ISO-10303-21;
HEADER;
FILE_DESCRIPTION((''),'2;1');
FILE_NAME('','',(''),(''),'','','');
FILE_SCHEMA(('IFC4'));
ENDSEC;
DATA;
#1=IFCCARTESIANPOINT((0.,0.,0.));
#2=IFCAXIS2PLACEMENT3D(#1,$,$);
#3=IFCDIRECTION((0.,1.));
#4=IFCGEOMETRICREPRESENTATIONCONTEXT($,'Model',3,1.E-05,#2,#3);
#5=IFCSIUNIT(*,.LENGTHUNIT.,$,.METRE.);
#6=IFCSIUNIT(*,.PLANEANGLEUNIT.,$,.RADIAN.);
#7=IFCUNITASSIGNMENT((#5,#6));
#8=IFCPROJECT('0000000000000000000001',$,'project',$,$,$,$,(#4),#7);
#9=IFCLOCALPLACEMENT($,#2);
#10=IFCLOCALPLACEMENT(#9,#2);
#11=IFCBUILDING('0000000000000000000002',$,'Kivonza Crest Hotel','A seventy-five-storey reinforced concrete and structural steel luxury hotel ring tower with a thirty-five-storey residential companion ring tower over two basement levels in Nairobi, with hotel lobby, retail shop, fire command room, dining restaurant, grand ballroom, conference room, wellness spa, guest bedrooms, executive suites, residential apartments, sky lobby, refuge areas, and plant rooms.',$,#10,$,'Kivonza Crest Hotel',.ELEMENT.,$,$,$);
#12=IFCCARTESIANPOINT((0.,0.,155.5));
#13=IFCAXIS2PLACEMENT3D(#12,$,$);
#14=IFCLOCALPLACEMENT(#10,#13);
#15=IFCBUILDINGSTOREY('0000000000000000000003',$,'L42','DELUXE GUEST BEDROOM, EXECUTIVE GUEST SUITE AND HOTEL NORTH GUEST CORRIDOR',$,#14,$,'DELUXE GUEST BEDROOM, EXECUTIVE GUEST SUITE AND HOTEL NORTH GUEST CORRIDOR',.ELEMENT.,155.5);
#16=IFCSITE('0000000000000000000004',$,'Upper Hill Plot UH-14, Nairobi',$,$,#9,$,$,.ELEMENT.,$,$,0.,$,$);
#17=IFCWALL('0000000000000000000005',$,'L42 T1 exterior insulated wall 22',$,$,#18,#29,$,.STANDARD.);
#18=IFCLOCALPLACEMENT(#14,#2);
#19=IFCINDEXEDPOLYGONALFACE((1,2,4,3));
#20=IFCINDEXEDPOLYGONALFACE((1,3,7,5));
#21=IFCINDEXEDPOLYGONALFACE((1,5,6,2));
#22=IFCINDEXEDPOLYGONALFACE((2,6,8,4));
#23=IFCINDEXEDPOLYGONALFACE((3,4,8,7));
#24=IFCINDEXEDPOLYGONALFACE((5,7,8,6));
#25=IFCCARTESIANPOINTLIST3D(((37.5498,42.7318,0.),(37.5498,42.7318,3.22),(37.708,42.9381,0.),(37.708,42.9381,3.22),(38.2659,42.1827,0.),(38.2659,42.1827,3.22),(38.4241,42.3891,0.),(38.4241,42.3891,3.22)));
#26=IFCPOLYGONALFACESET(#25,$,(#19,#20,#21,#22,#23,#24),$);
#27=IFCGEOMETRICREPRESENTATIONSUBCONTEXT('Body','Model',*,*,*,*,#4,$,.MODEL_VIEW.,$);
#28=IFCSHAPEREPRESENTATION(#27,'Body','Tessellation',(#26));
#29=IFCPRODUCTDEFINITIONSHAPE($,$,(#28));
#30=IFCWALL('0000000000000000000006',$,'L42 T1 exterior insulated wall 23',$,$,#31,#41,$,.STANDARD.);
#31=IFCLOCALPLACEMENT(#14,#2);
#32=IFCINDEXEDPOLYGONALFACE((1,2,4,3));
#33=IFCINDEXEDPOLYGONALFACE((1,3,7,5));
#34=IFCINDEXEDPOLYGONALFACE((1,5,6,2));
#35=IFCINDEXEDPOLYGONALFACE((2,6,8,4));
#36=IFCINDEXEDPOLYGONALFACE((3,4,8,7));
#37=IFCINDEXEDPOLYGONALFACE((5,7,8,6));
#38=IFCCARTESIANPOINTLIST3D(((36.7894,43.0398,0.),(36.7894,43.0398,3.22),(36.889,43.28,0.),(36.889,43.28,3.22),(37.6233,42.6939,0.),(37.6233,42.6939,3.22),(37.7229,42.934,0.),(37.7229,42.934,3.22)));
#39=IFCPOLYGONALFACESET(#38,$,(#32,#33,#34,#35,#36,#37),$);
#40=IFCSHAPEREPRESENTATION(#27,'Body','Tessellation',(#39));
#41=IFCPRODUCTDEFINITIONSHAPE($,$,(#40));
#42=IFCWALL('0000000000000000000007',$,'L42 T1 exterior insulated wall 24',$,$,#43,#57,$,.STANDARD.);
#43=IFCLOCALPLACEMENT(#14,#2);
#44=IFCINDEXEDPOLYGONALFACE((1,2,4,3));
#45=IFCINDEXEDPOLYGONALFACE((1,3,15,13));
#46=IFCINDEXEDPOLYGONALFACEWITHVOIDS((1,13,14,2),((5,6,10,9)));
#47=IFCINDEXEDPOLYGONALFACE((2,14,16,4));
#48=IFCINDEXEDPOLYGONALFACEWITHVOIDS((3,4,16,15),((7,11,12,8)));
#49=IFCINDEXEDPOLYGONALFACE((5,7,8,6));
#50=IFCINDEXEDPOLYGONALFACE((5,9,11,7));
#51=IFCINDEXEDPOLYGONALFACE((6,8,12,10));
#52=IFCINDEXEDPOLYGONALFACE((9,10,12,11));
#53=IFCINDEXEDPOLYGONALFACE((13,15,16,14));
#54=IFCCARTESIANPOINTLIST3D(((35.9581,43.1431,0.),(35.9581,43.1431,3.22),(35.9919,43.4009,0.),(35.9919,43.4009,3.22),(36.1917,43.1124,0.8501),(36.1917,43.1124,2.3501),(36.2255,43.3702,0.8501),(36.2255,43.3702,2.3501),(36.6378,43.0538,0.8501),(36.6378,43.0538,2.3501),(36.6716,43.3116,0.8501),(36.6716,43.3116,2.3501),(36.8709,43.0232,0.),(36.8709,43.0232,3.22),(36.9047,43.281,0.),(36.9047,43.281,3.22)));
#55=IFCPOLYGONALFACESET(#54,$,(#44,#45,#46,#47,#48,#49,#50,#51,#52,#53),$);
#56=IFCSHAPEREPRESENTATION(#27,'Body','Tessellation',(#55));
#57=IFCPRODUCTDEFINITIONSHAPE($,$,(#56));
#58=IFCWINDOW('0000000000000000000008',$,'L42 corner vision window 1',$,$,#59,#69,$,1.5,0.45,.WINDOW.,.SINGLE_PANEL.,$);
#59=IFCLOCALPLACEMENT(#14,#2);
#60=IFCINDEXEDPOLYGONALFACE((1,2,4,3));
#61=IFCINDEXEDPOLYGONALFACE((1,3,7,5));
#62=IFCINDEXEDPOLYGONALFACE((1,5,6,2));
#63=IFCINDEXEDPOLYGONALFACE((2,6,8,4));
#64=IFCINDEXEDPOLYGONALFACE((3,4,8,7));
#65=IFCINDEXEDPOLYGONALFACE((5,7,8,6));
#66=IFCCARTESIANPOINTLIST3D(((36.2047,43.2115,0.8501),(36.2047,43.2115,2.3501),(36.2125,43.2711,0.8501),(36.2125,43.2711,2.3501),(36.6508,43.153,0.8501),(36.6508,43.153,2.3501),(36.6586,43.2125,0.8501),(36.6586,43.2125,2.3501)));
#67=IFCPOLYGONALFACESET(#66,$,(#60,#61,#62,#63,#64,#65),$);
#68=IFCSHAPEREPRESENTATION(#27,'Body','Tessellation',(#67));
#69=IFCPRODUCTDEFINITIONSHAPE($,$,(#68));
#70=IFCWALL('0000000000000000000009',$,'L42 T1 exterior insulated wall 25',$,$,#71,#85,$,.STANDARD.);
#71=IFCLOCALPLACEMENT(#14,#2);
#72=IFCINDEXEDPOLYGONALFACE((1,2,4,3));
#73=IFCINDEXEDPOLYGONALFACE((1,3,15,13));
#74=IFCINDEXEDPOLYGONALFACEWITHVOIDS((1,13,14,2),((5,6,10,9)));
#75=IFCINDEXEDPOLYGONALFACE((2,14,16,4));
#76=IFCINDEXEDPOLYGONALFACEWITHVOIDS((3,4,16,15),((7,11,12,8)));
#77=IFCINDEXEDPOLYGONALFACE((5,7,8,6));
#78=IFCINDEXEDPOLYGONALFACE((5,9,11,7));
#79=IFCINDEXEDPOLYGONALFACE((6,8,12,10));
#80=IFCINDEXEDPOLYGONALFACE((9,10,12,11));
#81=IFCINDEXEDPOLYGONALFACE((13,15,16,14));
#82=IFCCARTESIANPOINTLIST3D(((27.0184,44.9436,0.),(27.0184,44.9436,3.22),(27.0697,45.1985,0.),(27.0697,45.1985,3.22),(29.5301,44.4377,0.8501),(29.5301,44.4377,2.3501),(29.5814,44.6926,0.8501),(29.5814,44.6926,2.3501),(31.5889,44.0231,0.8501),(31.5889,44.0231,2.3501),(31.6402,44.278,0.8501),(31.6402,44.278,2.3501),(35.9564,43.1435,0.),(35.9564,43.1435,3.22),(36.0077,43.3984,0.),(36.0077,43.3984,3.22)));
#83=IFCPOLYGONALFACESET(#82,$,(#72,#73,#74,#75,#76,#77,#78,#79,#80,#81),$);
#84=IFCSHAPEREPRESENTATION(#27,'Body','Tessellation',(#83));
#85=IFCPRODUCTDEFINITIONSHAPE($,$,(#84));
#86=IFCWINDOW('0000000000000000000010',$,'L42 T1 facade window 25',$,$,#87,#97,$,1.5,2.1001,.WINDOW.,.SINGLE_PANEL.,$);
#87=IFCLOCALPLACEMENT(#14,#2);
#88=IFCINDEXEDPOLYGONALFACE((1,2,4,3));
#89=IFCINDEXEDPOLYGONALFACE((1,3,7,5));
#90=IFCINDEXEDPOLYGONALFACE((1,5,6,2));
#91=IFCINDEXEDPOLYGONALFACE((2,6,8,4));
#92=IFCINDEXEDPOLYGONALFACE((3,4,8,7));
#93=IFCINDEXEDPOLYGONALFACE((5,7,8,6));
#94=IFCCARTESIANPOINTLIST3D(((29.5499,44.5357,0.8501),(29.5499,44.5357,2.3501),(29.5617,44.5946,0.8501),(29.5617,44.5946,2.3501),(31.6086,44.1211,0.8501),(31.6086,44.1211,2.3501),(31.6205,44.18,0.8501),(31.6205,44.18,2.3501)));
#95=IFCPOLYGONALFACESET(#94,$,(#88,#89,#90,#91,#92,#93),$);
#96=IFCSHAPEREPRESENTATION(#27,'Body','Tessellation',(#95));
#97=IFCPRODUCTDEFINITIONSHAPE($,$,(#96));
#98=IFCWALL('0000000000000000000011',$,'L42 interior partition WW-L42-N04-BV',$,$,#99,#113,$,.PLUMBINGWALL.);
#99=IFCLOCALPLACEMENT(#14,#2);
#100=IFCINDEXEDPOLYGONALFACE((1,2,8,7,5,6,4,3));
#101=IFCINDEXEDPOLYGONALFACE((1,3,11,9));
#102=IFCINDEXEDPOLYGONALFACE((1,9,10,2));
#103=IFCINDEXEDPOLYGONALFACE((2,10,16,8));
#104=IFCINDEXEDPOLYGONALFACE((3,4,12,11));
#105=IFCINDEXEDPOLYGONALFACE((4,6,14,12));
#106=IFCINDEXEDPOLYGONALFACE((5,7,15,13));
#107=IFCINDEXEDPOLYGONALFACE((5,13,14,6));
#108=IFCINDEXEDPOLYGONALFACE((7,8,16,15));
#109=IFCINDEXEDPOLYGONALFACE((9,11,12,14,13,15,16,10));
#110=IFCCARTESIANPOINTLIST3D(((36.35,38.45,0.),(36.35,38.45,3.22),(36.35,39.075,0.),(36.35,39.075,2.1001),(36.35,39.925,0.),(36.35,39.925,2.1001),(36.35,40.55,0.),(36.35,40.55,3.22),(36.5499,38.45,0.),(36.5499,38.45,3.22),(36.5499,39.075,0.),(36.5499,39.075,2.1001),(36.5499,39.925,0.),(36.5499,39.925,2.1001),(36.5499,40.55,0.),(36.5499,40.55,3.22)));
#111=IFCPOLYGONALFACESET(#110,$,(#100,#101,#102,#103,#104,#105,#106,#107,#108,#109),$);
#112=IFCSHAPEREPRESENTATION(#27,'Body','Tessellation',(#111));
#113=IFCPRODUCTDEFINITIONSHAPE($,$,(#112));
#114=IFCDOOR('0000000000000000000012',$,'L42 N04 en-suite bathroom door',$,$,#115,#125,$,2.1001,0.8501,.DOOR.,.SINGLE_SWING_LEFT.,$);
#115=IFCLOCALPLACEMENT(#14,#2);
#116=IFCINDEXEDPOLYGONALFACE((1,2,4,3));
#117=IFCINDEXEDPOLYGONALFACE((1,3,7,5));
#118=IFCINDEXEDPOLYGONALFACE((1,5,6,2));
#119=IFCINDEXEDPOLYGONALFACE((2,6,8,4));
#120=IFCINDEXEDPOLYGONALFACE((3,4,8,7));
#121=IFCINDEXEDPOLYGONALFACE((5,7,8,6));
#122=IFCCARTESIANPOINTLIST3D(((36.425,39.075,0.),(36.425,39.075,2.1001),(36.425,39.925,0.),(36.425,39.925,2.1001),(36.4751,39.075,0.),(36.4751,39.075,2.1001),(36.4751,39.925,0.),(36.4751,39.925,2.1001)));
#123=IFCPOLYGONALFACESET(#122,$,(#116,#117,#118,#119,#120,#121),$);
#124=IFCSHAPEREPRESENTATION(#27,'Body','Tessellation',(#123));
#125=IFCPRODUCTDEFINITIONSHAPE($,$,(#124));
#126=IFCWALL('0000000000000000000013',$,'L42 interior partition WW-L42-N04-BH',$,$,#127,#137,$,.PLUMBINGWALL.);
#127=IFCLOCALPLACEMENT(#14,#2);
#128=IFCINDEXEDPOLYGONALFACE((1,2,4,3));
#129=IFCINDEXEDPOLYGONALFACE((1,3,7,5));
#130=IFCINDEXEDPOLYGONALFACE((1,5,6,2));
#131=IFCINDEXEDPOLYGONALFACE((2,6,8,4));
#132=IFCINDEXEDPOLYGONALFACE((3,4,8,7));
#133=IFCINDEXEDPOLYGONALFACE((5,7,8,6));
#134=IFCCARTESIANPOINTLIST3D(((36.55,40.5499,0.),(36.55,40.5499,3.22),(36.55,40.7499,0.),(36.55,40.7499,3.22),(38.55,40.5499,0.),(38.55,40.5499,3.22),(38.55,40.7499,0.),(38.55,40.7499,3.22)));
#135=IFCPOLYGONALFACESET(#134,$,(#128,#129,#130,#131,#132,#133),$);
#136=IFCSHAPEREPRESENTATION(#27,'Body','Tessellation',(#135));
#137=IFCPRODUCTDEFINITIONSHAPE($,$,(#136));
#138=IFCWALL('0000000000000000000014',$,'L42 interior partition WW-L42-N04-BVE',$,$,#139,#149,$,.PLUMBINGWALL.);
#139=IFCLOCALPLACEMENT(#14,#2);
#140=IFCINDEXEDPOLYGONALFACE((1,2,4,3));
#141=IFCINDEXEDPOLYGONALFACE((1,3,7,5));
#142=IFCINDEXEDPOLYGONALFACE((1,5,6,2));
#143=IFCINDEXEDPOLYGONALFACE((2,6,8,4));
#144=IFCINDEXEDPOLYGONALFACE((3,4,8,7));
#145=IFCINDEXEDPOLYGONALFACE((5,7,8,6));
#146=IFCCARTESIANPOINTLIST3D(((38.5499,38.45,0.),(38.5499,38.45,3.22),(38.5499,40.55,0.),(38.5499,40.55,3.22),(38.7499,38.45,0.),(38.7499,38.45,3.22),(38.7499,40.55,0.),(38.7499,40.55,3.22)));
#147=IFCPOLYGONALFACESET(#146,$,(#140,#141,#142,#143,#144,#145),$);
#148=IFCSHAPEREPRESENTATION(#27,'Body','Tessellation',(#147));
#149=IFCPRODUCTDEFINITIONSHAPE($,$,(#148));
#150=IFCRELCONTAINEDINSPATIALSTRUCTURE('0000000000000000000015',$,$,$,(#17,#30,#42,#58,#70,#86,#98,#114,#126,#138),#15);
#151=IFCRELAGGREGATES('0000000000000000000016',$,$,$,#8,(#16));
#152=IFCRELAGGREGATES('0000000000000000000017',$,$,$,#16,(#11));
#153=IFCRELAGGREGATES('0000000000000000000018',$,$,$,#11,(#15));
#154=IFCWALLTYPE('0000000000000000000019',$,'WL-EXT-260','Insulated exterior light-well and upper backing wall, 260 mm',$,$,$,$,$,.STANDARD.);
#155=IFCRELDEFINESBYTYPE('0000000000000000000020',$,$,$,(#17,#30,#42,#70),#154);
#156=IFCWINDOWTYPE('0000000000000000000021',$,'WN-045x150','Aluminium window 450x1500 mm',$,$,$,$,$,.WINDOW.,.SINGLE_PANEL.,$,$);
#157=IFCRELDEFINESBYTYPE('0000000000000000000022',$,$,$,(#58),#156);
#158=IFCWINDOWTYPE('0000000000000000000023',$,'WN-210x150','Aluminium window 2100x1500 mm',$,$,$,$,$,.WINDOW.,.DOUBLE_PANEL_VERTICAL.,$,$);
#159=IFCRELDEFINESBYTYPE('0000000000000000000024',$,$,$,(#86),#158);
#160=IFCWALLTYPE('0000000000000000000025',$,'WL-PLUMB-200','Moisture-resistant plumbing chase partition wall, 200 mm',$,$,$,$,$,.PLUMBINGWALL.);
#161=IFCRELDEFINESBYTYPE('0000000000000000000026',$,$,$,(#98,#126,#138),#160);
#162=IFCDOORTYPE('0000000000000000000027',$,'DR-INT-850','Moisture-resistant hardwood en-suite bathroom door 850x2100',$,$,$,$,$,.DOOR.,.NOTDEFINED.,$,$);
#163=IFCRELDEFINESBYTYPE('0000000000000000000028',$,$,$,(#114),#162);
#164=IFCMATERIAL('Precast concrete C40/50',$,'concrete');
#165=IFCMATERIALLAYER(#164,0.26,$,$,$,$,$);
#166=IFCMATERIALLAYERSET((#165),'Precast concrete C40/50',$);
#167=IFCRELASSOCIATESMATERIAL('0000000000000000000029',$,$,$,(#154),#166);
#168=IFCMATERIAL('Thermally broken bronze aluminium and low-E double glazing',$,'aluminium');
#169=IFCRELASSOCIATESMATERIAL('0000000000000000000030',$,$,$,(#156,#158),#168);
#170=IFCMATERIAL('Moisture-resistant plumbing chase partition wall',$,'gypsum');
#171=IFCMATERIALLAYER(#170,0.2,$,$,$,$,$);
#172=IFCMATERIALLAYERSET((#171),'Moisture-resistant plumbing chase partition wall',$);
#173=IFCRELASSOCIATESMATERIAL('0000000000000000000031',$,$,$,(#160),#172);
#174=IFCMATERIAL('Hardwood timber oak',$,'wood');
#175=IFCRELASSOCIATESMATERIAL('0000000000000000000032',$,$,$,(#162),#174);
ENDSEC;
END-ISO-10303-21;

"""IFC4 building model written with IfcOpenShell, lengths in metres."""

from ifc_helpers import new_model, si_unit, direction, frame, frame_2d, origin, place, context, subcontext, project, spatial, rectangle, extrude, material, layer, layer_set, type_object, element, fill, save


model = new_model("IFC4")

# Units and contexts
model_context = context("Model", 3, precision=1e-05, world=origin(), true_north=direction((0.0, 1.0)))
body_context = subcontext(model_context, "Body", "Model", "MODEL_VIEW")
ifc_project = project(units=[si_unit("LENGTHUNIT", "METRE"), si_unit("PLANEANGLEUNIT", "RADIAN")], contexts=[model_context])

# Site, building, storey
site_placement = place(None, origin())
site = spatial("IfcSite", under=ifc_project, at=site_placement, Name="Upper Hill Plot UH-14, Nairobi", CompositionType="ELEMENT", RefElevation=0.0)
building_placement = place(site_placement, origin())
building = spatial("IfcBuilding", under=site, at=building_placement, Name="Kivonza Crest Hotel", Description="A seventy-five-storey reinforced concrete and structural steel luxury hotel ring tower with a thirty-five-storey residential companion ring tower over two basement levels in Nairobi, with hotel lobby, retail shop, fire command room, dining restaurant, grand ballroom, conference room, wellness spa, guest bedrooms, executive suites, residential apartments, sky lobby, refuge areas, and plant rooms.", LongName="Kivonza Crest Hotel", CompositionType="ELEMENT")
storey_placement = place(building_placement, frame((0.0, 0.0, 155.5)))
storey = spatial("IfcBuildingStorey", under=building, at=storey_placement, Name="L42", Description="DELUXE GUEST BEDROOM, EXECUTIVE GUEST SUITE AND HOTEL NORTH GUEST CORRIDOR", LongName="DELUXE GUEST BEDROOM, EXECUTIVE GUEST SUITE AND HOTEL NORTH GUEST CORRIDOR", CompositionType="ELEMENT", Elevation=155.5)

# Walls
ifc_material_1 = material(Name="Precast concrete C40/50", Category="concrete")
ifc_layer_1 = layer(ifc_material_1, 0.26)
ifc_layer_set_1 = layer_set([ifc_layer_1], Name="Precast concrete C40/50")
wall_type_1 = type_object("IfcWallType", Name="WL-EXT-260", Description="Insulated exterior light-well and upper backing wall, 260 mm", PredefinedType="STANDARD", material=ifc_layer_set_1)
wall_1_placement = place(storey_placement, frame((38.345, 42.2859, 0.0), z_axis=(0.0, 0.0, 1.0), x_axis=(-0.793558, 0.608494, 0.0)))
element("IfcWall", 1, at=wall_1_placement, inside=storey, type_object=wall_type_1, Name="L42 T1 exterior insulated wall 22", PredefinedType="STANDARD", context=body_context, shape_type="SweptSolid", body=[
    extrude(rectangle(XDim=0.9023, YDim=0.26, at=frame_2d((0.4512, 0.0))), origin(), (0.0, 0.0, 1.0), 3.22),
])
wall_2_placement = place(storey_placement, frame((37.6731, 42.814, 0.0), z_axis=(0.0, 0.0, 1.0), x_axis=(-0.923684, 0.383156, 0.0)))
element("IfcWall", 2, at=wall_2_placement, inside=storey, type_object=wall_type_1, Name="L42 T1 exterior insulated wall 23", PredefinedType="STANDARD", context=body_context, shape_type="SweptSolid", body=[
    extrude(rectangle(XDim=0.9028, YDim=0.26, at=frame_2d((0.4514, 0.0))), origin(), (0.0, 0.0, 1.0), 3.22),
])

# Walls, openings, windows
wall_3_placement = place(storey_placement, frame((36.8879, 43.1521, 0.0), z_axis=(0.0, 0.0, 1.0), x_axis=(-0.991488, 0.130201, 0.0)))
wall_3 = element("IfcWall", 3, at=wall_3_placement, inside=storey, type_object=wall_type_1, Name="L42 T1 exterior insulated wall 24", PredefinedType="STANDARD", context=body_context, shape_type="SweptSolid", body=[
    extrude(rectangle(XDim=0.9207, YDim=0.26, at=frame_2d((0.4604, 0.0))), origin(), (0.0, 0.0, 1.0), 3.22),
])
opening_1_placement = place(wall_3_placement, frame((0.2351, 0.0, 0.8501)))
opening_1 = element("IfcOpeningElement", 4, at=opening_1_placement, cuts=wall_3, PredefinedType="OPENING", context=body_context, shape_type="SweptSolid", body=[
    extrude(rectangle(XDim=0.45, YDim=1.5, at=frame_2d((0.2251, 0.75))), frame((0.0, 0.1401, 0.0), z_axis=(0.0, -1.0, 0.0), x_axis=(1.0, 0.0, 0.0)), (0.0, 0.0, 1.0), 0.28),
])
ifc_material_2 = material(Name="Thermally broken bronze aluminium and low-E double glazing", Category="aluminium")
window_type_1 = type_object("IfcWindowType", Name="WN-045x150", Description="Aluminium window 450x1500 mm", PartitioningType="SINGLE_PANEL", PredefinedType="WINDOW", material=ifc_material_2)
window_1_placement = place(opening_1_placement, origin())
window_1 = element("IfcWindow", 5, at=window_1_placement, inside=storey, type_object=window_type_1, Name="L42 corner vision window 1", OverallHeight=1.5, OverallWidth=0.45, PartitioningType="SINGLE_PANEL", PredefinedType="WINDOW", context=body_context, shape_type="SweptSolid", body=[
    extrude(rectangle(XDim=0.45, YDim=1.5, at=frame_2d((0.2251, 0.75))), frame((0.0, 0.03, 0.0), z_axis=(0.0, -1.0, 0.0), x_axis=(1.0, 0.0, 0.0)), (0.0, 0.0, 1.0), 0.0601),
])
fill(opening_1, window_1)
wall_4_placement = place(storey_placement, frame((35.9819, 43.271, 0.0), z_axis=(0.0, 0.0, 1.0), x_axis=(-0.980317, 0.197429, 0.0)))
wall_4 = element("IfcWall", 6, at=wall_4_placement, inside=storey, type_object=wall_type_1, Name="L42 T1 exterior insulated wall 25", PredefinedType="STANDARD", context=body_context, shape_type="SweptSolid", body=[
    extrude(rectangle(XDim=9.1174, YDim=0.26, at=frame_2d((4.5586, 0.0))), origin(), (0.0, 0.0, 1.0), 3.22),
])
opening_2_placement = place(wall_4_placement, frame((4.4551, 0.0, 0.8501)))
opening_2 = element("IfcOpeningElement", 7, at=opening_2_placement, cuts=wall_4, PredefinedType="OPENING", context=body_context, shape_type="SweptSolid", body=[
    extrude(rectangle(XDim=2.1001, YDim=1.5, at=frame_2d((1.05, 0.75))), frame((0.0, 0.1401, 0.0), z_axis=(0.0, -1.0, 0.0), x_axis=(1.0, 0.0, 0.0)), (0.0, 0.0, 1.0), 0.28),
])
window_type_2 = type_object("IfcWindowType", Name="WN-210x150", Description="Aluminium window 2100x1500 mm", PartitioningType="DOUBLE_PANEL_VERTICAL", PredefinedType="WINDOW", material=ifc_material_2)
window_2_placement = place(opening_2_placement, origin())
window_2 = element("IfcWindow", 8, at=window_2_placement, inside=storey, type_object=window_type_2, Name="L42 T1 facade window 25", OverallHeight=1.5, OverallWidth=2.1001, PartitioningType="SINGLE_PANEL", PredefinedType="WINDOW", context=body_context, shape_type="SweptSolid", body=[
    extrude(rectangle(XDim=2.1001, YDim=1.5, at=frame_2d((1.05, 0.75))), frame((0.0, 0.03, 0.0), z_axis=(0.0, -1.0, 0.0), x_axis=(1.0, 0.0, 0.0)), (0.0, 0.0, 1.0), 0.0601),
])
fill(opening_2, window_2)

# Wall, opening, door
ifc_material_3 = material(Name="Moisture-resistant plumbing chase partition wall", Category="gypsum")
ifc_layer_2 = layer(ifc_material_3, 0.2)
ifc_layer_set_2 = layer_set([ifc_layer_2], Name="Moisture-resistant plumbing chase partition wall")
wall_type_2 = type_object("IfcWallType", Name="WL-PLUMB-200", Description="Moisture-resistant plumbing chase partition wall, 200 mm", PredefinedType="PLUMBINGWALL", material=ifc_layer_set_2)
wall_5_placement = place(storey_placement, frame((36.45, 38.45, 0.0), z_axis=(0.0, 0.0, 1.0), x_axis=(0.0, 1.0, 0.0)))
wall_5 = element("IfcWall", 9, at=wall_5_placement, inside=storey, type_object=wall_type_2, Name="L42 interior partition WW-L42-N04-BV", PredefinedType="PLUMBINGWALL", context=body_context, shape_type="SweptSolid", body=[
    extrude(rectangle(XDim=2.1001, YDim=0.2, at=frame_2d((1.05, 0.0))), origin(), (0.0, 0.0, 1.0), 3.22),
])
opening_3_placement = place(wall_5_placement, frame((0.625, 0.0, 0.0)))
opening_3 = element("IfcOpeningElement", 10, at=opening_3_placement, cuts=wall_5, PredefinedType="OPENING", context=body_context, shape_type="SweptSolid", body=[
    extrude(rectangle(XDim=0.8501, YDim=2.1001, at=frame_2d((0.425, 1.05))), frame((0.0, 0.1099, 0.0), z_axis=(0.0, -1.0, 0.0), x_axis=(1.0, 0.0, 0.0)), (0.0, 0.0, 1.0), 0.22),
])
ifc_material_4 = material(Name="Hardwood timber oak", Category="wood")
door_type = type_object("IfcDoorType", Name="DR-INT-850", Description="Moisture-resistant hardwood en-suite bathroom door 850x2100", OperationType="NOTDEFINED", PredefinedType="DOOR", material=ifc_material_4)
door_1_placement = place(opening_3_placement, origin())
door_1 = element("IfcDoor", 11, at=door_1_placement, inside=storey, type_object=door_type, Name="L42 N04 en-suite bathroom door", OperationType="SINGLE_SWING_LEFT", OverallHeight=2.1001, OverallWidth=0.8501, PredefinedType="DOOR", context=body_context, shape_type="SweptSolid", body=[
    extrude(rectangle(XDim=0.8501, YDim=2.1001, at=frame_2d((0.425, 1.05))), frame((0.0, 0.0249, 0.0), z_axis=(0.0, -1.0, 0.0), x_axis=(1.0, 0.0, 0.0)), (0.0, 0.0, 1.0), 0.05),
])
fill(opening_3, door_1)

# Walls
wall_6_placement = place(storey_placement, frame((36.55, 40.6499, 0.0), z_axis=(0.0, 0.0, 1.0), x_axis=(1.0, 0.0, 0.0)))
element("IfcWall", 12, at=wall_6_placement, inside=storey, type_object=wall_type_2, Name="L42 interior partition WW-L42-N04-BH", PredefinedType="PLUMBINGWALL", context=body_context, shape_type="SweptSolid", body=[
    extrude(rectangle(XDim=2.0, YDim=0.2, at=frame_2d((1.0, 0.0))), origin(), (0.0, 0.0, 1.0), 3.22),
])
wall_7_placement = place(storey_placement, frame((38.6499, 38.45, 0.0), z_axis=(0.0, 0.0, 1.0), x_axis=(0.0, 1.0, 0.0)))
element("IfcWall", 13, at=wall_7_placement, inside=storey, type_object=wall_type_2, Name="L42 interior partition WW-L42-N04-BVE", PredefinedType="PLUMBINGWALL", context=body_context, shape_type="SweptSolid", body=[
    extrude(rectangle(XDim=2.1001, YDim=0.2, at=frame_2d((1.05, 0.0))), origin(), (0.0, 0.0, 1.0), 3.22),
])

save(model, "model.ifc")
